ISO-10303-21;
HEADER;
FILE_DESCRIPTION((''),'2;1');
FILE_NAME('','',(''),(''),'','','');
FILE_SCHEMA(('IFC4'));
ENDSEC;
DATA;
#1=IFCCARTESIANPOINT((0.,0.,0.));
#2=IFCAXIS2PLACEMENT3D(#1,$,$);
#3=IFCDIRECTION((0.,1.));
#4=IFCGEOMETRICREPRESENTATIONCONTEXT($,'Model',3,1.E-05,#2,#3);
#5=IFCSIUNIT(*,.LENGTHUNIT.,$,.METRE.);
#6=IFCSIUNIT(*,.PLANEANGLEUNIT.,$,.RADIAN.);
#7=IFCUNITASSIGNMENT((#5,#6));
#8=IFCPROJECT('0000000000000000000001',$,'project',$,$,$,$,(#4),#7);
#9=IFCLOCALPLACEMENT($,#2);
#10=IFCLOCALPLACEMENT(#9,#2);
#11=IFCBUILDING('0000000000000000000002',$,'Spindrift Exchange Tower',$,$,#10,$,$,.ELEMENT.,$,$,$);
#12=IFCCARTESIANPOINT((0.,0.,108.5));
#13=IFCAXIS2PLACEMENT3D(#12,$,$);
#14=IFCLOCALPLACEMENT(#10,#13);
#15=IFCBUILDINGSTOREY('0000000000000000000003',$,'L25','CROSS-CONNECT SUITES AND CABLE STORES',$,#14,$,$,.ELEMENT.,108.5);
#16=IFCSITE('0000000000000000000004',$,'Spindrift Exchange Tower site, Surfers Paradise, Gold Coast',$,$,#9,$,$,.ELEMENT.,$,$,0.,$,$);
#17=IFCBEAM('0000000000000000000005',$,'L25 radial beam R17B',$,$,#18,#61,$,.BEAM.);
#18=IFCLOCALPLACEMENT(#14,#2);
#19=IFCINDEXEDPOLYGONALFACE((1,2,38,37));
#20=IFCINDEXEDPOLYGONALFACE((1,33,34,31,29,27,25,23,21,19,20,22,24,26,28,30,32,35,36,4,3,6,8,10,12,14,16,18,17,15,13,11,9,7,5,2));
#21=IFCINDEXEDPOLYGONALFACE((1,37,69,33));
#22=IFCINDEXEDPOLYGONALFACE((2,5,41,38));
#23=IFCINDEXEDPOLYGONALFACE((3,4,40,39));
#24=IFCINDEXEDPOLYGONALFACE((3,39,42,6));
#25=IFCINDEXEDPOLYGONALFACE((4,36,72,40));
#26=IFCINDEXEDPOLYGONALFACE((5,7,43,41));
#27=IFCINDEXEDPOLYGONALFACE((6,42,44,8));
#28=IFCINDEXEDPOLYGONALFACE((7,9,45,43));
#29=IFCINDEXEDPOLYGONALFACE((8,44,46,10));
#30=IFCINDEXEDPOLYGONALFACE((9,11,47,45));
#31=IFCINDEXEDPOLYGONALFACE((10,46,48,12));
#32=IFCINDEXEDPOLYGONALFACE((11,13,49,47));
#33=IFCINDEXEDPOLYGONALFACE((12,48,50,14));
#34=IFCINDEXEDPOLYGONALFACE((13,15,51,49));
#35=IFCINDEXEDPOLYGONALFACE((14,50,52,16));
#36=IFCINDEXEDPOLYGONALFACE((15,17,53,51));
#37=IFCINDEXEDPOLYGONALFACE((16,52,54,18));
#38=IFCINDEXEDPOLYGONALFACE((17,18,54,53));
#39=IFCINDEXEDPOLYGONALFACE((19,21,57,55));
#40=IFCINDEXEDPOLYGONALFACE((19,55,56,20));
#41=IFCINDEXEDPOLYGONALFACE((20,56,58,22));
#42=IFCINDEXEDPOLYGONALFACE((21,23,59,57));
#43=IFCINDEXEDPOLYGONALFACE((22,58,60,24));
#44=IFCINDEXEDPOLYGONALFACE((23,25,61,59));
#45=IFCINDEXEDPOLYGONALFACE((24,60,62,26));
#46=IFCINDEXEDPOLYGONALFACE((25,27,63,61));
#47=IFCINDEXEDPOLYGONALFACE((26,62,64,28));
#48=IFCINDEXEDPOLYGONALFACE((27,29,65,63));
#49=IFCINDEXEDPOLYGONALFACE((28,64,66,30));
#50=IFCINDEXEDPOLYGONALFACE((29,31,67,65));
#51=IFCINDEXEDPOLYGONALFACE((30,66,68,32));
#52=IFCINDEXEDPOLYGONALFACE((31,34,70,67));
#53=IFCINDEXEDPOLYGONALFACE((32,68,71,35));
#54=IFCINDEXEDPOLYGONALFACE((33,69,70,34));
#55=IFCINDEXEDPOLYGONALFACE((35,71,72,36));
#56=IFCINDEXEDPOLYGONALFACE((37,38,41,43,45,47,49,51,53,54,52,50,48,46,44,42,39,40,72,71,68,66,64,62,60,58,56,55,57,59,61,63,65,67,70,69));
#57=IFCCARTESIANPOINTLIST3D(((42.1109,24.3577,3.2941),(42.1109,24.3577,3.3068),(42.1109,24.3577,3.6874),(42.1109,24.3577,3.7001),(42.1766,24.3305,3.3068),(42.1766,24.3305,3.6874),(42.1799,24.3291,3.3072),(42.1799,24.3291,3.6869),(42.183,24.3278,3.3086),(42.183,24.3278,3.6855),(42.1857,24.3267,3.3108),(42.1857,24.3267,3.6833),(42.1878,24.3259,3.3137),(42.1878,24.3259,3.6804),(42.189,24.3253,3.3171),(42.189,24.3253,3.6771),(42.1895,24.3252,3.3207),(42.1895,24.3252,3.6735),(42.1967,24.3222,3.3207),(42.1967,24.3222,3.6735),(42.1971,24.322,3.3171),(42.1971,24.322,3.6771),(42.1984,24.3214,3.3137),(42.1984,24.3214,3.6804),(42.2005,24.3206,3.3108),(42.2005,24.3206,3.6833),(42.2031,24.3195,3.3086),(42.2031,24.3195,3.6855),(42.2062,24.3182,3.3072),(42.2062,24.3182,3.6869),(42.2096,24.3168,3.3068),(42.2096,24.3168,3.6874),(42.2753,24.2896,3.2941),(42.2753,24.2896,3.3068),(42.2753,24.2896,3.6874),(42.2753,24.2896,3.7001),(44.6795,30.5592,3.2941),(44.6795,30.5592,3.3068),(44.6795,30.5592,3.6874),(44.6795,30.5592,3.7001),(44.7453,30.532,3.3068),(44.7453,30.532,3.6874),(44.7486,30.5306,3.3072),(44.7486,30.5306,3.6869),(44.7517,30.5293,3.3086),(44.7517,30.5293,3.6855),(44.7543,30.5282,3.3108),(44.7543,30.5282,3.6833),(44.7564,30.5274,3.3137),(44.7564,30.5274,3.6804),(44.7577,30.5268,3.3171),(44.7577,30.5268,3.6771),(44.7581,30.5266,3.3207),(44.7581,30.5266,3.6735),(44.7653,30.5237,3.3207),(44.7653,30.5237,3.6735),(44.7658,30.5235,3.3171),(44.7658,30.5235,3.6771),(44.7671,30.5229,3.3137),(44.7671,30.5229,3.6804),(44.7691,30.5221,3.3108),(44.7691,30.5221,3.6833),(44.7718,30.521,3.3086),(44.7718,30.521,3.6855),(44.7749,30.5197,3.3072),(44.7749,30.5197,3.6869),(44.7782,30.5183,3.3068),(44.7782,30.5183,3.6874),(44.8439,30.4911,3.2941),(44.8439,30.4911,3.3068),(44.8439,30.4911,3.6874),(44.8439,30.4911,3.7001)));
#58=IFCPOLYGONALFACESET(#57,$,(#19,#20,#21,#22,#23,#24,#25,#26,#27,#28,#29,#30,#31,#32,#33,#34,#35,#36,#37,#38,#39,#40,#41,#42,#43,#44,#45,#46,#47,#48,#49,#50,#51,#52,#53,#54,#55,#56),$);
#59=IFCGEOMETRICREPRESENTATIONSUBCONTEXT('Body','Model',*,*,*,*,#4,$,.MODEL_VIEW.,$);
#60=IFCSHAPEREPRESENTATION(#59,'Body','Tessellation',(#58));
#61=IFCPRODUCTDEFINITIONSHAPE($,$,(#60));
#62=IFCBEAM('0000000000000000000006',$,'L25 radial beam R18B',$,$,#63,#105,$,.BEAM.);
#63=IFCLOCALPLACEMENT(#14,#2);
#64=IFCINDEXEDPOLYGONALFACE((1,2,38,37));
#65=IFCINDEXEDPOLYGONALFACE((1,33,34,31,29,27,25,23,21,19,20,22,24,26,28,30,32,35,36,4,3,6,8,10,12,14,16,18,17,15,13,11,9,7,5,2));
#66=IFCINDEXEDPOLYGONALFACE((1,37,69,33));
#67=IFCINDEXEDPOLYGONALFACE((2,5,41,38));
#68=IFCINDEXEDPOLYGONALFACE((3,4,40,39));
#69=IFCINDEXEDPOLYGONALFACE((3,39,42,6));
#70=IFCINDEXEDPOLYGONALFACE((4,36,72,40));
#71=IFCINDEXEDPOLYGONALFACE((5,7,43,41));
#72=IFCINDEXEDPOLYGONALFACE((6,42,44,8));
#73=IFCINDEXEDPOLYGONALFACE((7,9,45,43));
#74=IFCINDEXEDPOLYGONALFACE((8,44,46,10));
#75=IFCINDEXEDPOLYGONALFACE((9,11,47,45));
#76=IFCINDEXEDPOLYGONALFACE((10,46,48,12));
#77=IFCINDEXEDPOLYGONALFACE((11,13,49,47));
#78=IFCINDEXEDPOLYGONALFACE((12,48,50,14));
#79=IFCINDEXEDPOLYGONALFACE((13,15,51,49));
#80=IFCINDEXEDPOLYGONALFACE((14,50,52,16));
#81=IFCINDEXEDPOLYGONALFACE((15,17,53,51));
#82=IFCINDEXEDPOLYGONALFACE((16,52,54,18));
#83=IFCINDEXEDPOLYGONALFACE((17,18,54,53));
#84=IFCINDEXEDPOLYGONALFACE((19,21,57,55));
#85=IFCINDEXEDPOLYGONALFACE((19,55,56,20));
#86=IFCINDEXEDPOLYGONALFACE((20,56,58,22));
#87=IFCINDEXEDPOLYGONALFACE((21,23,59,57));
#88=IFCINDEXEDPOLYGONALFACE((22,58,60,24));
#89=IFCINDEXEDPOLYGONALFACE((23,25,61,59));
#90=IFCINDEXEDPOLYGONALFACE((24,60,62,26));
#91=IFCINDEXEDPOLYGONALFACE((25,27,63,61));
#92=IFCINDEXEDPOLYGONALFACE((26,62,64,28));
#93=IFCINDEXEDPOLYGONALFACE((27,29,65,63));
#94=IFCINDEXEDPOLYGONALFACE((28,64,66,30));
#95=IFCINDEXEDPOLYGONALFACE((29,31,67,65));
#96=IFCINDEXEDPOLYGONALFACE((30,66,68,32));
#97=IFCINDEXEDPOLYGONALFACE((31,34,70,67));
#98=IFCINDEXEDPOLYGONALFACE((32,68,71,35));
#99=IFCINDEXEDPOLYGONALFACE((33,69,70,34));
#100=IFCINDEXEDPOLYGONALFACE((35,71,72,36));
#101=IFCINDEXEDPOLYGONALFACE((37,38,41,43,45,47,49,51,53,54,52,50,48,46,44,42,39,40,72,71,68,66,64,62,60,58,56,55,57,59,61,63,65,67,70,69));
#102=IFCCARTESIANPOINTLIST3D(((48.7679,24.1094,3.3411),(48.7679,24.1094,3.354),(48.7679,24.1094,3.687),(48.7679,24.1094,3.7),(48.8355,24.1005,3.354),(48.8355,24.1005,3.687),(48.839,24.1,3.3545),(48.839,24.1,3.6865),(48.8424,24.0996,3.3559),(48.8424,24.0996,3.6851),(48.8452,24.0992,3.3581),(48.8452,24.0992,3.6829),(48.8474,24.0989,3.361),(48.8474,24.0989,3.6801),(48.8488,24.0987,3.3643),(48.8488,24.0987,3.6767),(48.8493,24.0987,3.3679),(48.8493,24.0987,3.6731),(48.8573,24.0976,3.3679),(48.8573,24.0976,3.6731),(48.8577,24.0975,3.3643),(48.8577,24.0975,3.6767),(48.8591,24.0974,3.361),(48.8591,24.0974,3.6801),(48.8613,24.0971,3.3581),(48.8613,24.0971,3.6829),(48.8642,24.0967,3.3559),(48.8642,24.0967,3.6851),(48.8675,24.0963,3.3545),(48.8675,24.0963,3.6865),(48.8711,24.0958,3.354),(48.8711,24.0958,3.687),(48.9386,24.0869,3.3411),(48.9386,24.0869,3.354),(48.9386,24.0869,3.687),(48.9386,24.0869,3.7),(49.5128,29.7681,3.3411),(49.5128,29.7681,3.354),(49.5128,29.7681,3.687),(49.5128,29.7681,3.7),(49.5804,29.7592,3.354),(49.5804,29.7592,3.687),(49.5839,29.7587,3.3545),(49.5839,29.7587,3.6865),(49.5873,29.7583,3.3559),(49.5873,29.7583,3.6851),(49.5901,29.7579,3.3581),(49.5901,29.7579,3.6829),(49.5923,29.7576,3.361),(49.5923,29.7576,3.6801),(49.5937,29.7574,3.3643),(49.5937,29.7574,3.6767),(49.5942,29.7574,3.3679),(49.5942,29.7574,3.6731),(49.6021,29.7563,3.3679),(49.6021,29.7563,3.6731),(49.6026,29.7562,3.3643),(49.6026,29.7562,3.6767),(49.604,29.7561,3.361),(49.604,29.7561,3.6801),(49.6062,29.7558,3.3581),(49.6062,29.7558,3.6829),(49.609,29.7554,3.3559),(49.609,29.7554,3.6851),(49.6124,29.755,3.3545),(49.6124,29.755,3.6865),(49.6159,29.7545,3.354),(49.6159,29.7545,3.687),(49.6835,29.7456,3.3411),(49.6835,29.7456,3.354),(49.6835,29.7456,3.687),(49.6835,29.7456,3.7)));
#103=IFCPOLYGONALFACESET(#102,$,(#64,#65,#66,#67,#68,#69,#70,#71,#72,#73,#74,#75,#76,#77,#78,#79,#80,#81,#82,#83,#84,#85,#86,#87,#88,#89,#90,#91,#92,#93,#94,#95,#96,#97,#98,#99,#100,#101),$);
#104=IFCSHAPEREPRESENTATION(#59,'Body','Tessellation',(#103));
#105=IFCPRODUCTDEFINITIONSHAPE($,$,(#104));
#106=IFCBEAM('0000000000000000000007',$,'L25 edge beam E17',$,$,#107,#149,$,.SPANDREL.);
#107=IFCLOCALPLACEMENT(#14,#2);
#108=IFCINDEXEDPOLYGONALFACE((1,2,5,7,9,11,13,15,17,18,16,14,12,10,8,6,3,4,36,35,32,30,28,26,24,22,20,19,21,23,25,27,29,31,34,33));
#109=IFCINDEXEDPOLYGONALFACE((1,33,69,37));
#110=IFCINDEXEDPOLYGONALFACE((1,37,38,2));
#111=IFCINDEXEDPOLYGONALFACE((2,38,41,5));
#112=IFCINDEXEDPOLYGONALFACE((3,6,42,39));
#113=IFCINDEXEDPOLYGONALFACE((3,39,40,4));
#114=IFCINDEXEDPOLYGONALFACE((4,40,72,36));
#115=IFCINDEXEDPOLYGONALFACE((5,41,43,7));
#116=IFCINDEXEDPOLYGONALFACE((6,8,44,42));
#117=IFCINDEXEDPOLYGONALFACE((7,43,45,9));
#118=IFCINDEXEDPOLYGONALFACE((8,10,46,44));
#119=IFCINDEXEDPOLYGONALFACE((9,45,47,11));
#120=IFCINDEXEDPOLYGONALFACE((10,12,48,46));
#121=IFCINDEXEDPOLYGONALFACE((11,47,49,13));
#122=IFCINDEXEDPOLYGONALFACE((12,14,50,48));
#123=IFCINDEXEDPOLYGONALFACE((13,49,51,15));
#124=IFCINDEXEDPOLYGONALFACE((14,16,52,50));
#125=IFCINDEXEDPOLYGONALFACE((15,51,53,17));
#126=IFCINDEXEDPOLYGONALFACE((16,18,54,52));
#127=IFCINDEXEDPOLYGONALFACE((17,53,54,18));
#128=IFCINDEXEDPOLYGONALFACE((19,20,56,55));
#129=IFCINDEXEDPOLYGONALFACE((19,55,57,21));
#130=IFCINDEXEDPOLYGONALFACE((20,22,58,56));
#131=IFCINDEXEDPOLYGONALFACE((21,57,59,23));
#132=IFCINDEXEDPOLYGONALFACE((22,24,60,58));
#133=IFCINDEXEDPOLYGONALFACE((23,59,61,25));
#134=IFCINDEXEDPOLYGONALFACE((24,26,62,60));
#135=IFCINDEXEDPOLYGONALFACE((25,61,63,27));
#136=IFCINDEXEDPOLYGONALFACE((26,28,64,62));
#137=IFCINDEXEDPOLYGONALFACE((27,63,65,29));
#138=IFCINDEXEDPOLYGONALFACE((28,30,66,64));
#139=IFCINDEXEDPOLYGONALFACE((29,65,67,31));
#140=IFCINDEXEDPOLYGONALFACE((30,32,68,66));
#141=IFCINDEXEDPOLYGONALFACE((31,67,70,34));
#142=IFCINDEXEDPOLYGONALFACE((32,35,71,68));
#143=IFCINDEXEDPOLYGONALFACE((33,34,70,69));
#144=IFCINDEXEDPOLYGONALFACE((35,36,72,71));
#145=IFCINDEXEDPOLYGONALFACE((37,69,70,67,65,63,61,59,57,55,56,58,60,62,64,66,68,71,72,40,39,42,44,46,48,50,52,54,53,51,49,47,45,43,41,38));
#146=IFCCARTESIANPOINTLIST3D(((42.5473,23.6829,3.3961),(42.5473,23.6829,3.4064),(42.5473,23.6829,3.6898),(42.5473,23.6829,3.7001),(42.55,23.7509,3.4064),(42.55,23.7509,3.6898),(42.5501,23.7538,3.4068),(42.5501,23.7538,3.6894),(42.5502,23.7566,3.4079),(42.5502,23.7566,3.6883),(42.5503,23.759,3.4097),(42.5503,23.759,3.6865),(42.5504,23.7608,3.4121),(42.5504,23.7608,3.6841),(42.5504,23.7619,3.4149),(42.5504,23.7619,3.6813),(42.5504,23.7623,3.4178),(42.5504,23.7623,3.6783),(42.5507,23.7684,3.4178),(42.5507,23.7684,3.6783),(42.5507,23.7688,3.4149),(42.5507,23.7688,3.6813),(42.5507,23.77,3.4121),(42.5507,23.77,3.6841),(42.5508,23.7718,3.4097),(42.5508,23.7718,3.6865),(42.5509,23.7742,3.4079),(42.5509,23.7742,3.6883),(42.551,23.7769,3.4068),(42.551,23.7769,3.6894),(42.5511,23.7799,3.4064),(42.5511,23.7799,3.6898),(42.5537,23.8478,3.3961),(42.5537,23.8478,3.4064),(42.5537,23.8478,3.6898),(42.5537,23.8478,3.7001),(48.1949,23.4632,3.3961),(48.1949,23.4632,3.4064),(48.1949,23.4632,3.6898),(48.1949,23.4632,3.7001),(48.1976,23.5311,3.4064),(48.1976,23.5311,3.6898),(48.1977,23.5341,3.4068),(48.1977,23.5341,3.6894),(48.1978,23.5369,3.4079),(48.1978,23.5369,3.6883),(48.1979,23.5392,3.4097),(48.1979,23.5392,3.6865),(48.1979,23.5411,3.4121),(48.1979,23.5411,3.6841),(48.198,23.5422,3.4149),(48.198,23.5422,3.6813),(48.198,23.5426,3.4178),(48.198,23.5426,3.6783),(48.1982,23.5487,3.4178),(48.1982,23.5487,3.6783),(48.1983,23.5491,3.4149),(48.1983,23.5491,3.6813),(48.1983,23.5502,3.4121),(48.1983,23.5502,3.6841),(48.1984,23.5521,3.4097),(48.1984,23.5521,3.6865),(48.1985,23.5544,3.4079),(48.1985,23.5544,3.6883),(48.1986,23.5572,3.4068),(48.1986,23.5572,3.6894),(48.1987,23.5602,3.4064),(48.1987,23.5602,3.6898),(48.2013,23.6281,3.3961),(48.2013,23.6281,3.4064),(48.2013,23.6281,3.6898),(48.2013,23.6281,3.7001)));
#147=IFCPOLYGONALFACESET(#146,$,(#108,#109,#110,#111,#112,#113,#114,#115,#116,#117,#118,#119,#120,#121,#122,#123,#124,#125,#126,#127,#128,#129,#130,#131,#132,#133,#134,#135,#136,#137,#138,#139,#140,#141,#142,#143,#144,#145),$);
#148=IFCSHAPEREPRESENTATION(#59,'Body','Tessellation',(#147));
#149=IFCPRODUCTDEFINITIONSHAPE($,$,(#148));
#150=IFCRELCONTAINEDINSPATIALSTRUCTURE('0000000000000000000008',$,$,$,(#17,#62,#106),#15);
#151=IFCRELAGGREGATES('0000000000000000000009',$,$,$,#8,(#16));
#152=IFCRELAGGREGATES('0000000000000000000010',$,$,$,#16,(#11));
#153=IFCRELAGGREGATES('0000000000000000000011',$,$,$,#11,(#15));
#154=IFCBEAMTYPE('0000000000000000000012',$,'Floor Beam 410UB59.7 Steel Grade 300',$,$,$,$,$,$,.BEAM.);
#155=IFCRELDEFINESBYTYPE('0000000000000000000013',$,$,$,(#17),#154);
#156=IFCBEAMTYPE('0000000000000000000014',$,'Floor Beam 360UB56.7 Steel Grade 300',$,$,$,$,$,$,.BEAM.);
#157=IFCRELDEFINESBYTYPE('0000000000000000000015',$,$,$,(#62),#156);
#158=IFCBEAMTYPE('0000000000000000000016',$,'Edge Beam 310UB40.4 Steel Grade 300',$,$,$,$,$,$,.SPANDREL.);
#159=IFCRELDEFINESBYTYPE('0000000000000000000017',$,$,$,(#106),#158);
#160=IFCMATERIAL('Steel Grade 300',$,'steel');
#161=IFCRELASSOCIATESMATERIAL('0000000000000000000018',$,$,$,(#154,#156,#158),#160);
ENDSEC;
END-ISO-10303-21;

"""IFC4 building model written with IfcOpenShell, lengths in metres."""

from ifc_helpers import new_model, si_unit, direction, frame, origin, origin_2d, place, context, subcontext, project, spatial, i_section, extrude, source, transform, mapped, material, material_profile, profile_set, type_object, element, save


model = new_model("IFC4")

# Units and contexts
model_context = context("Model", 3, precision=1e-05, world=origin(), true_north=direction((0.0, 1.0)))
body_context = subcontext(model_context, "Body", "Model", "MODEL_VIEW")
ifc_project = project(units=[si_unit("LENGTHUNIT", "METRE"), si_unit("PLANEANGLEUNIT", "RADIAN")], contexts=[model_context])

# Site, building, storey
site_placement = place(None, origin())
site = spatial("IfcSite", under=ifc_project, at=site_placement, Name="Spindrift Exchange Tower site, Surfers Paradise, Gold Coast", CompositionType="ELEMENT", RefElevation=0.0)
building_placement = place(site_placement, origin())
building = spatial("IfcBuilding", under=site, at=building_placement, Name="Spindrift Exchange Tower", CompositionType="ELEMENT")
storey_placement = place(building_placement, frame((0.0, 0.0, 108.5)))
storey = spatial("IfcBuildingStorey", under=building, at=storey_placement, Name="L25", Description="CROSS-CONNECT SUITES AND CABLE STORES", CompositionType="ELEMENT", Elevation=108.5)

# Beams
ifc_material_1 = material(Name="Steel Grade 300", Category="steel")
ifc_material_profile_1 = material_profile(ifc_material_1, i_section(OverallWidth=0.178, OverallDepth=0.406, WebThickness=0.0078, FlangeThickness=0.0127, FilletRadius=0.0139, at=origin_2d()), Name="410UB59.7")
ifc_profile_set_1 = profile_set([ifc_material_profile_1], Name="Steel Grade 300")
beam_type_1 = type_object("IfcBeamType", Name="Floor Beam 410UB59.7 Steel Grade 300", PredefinedType="BEAM", material=ifc_profile_set_1)
shared_shape_1 = source(origin(), body_context, "Body", "SweptSolid", [
    extrude(i_section(OverallWidth=0.178, OverallDepth=0.406, WebThickness=0.0078, FlangeThickness=0.0127, FilletRadius=0.0139, at=origin_2d()), origin(), (0.0, 0.0, 1.0), 6.7124),
])
beam_1_placement = place(storey_placement, frame((44.7617, 30.5251, 3.4971), z_axis=(-0.38267, -0.923885, 0.0), x_axis=(0.923885, -0.38267, 0.0)))
element("IfcBeam", 1, at=beam_1_placement, inside=storey, type_object=beam_type_1, Name="L25 radial beam R17B", PredefinedType="BEAM", context=body_context, shape_type="MappedRepresentation", body=[
    mapped(shared_shape_1, transform((0.0, 0.0, 0.0), scale=1.0)),
])
ifc_material_profile_2 = material_profile(ifc_material_1, i_section(OverallWidth=0.1721, OverallDepth=0.3589, WebThickness=0.0081, FlangeThickness=0.0129, FilletRadius=0.0139, at=origin_2d()), Name="360UB56.7")
ifc_profile_set_2 = profile_set([ifc_material_profile_2], Name="Steel Grade 300")
beam_type_2 = type_object("IfcBeamType", Name="Floor Beam 360UB56.7 Steel Grade 300", PredefinedType="BEAM", material=ifc_profile_set_2)
shared_shape_2 = source(origin(), body_context, "Body", "SweptSolid", [
    extrude(i_section(OverallWidth=0.1721, OverallDepth=0.3589, WebThickness=0.0081, FlangeThickness=0.0129, FilletRadius=0.0139, at=origin_2d()), origin(), (0.0, 0.0, 1.0), 5.7075),
])
beam_2_placement = place(storey_placement, frame((49.5981, 29.7568, 3.5205), z_axis=(-0.130508, -0.991447, 0.0), x_axis=(0.991447, -0.130508, 0.0)))
element("IfcBeam", 2, at=beam_2_placement, inside=storey, type_object=beam_type_2, Name="L25 radial beam R18B", PredefinedType="BEAM", context=body_context, shape_type="MappedRepresentation", body=[
    mapped(shared_shape_2, transform((0.0, 0.0, 0.0), scale=1.0)),
])
ifc_material_profile_3 = material_profile(ifc_material_1, i_section(OverallWidth=0.165, OverallDepth=0.304, WebThickness=0.0061, FlangeThickness=0.0103, FilletRadius=0.0115, at=origin_2d()), Name="310UB40.4")
ifc_profile_set_3 = profile_set([ifc_material_profile_3], Name="Steel Grade 300")
beam_type_3 = type_object("IfcBeamType", Name="Edge Beam 310UB40.4 Steel Grade 300", PredefinedType="SPANDREL", material=ifc_profile_set_3)
shared_shape_3 = source(origin(), body_context, "Body", "SweptSolid", [
    extrude(i_section(OverallWidth=0.165, OverallDepth=0.304, WebThickness=0.0061, FlangeThickness=0.0103, FilletRadius=0.0115, at=origin_2d()), origin(), (0.0, 0.0, 1.0), 5.6519),
])
beam_3_placement = place(storey_placement, frame((42.5505, 23.7654, 3.5481), z_axis=(0.999244, -0.038878, 0.0), x_axis=(0.038878, 0.999244, 0.0)))
element("IfcBeam", 3, at=beam_3_placement, inside=storey, type_object=beam_type_3, Name="L25 edge beam E17", PredefinedType="SPANDREL", context=body_context, shape_type="MappedRepresentation", body=[
    mapped(shared_shape_3, transform((0.0, 0.0, 0.0), scale=1.0)),
])

save(model, "model.ifc")
